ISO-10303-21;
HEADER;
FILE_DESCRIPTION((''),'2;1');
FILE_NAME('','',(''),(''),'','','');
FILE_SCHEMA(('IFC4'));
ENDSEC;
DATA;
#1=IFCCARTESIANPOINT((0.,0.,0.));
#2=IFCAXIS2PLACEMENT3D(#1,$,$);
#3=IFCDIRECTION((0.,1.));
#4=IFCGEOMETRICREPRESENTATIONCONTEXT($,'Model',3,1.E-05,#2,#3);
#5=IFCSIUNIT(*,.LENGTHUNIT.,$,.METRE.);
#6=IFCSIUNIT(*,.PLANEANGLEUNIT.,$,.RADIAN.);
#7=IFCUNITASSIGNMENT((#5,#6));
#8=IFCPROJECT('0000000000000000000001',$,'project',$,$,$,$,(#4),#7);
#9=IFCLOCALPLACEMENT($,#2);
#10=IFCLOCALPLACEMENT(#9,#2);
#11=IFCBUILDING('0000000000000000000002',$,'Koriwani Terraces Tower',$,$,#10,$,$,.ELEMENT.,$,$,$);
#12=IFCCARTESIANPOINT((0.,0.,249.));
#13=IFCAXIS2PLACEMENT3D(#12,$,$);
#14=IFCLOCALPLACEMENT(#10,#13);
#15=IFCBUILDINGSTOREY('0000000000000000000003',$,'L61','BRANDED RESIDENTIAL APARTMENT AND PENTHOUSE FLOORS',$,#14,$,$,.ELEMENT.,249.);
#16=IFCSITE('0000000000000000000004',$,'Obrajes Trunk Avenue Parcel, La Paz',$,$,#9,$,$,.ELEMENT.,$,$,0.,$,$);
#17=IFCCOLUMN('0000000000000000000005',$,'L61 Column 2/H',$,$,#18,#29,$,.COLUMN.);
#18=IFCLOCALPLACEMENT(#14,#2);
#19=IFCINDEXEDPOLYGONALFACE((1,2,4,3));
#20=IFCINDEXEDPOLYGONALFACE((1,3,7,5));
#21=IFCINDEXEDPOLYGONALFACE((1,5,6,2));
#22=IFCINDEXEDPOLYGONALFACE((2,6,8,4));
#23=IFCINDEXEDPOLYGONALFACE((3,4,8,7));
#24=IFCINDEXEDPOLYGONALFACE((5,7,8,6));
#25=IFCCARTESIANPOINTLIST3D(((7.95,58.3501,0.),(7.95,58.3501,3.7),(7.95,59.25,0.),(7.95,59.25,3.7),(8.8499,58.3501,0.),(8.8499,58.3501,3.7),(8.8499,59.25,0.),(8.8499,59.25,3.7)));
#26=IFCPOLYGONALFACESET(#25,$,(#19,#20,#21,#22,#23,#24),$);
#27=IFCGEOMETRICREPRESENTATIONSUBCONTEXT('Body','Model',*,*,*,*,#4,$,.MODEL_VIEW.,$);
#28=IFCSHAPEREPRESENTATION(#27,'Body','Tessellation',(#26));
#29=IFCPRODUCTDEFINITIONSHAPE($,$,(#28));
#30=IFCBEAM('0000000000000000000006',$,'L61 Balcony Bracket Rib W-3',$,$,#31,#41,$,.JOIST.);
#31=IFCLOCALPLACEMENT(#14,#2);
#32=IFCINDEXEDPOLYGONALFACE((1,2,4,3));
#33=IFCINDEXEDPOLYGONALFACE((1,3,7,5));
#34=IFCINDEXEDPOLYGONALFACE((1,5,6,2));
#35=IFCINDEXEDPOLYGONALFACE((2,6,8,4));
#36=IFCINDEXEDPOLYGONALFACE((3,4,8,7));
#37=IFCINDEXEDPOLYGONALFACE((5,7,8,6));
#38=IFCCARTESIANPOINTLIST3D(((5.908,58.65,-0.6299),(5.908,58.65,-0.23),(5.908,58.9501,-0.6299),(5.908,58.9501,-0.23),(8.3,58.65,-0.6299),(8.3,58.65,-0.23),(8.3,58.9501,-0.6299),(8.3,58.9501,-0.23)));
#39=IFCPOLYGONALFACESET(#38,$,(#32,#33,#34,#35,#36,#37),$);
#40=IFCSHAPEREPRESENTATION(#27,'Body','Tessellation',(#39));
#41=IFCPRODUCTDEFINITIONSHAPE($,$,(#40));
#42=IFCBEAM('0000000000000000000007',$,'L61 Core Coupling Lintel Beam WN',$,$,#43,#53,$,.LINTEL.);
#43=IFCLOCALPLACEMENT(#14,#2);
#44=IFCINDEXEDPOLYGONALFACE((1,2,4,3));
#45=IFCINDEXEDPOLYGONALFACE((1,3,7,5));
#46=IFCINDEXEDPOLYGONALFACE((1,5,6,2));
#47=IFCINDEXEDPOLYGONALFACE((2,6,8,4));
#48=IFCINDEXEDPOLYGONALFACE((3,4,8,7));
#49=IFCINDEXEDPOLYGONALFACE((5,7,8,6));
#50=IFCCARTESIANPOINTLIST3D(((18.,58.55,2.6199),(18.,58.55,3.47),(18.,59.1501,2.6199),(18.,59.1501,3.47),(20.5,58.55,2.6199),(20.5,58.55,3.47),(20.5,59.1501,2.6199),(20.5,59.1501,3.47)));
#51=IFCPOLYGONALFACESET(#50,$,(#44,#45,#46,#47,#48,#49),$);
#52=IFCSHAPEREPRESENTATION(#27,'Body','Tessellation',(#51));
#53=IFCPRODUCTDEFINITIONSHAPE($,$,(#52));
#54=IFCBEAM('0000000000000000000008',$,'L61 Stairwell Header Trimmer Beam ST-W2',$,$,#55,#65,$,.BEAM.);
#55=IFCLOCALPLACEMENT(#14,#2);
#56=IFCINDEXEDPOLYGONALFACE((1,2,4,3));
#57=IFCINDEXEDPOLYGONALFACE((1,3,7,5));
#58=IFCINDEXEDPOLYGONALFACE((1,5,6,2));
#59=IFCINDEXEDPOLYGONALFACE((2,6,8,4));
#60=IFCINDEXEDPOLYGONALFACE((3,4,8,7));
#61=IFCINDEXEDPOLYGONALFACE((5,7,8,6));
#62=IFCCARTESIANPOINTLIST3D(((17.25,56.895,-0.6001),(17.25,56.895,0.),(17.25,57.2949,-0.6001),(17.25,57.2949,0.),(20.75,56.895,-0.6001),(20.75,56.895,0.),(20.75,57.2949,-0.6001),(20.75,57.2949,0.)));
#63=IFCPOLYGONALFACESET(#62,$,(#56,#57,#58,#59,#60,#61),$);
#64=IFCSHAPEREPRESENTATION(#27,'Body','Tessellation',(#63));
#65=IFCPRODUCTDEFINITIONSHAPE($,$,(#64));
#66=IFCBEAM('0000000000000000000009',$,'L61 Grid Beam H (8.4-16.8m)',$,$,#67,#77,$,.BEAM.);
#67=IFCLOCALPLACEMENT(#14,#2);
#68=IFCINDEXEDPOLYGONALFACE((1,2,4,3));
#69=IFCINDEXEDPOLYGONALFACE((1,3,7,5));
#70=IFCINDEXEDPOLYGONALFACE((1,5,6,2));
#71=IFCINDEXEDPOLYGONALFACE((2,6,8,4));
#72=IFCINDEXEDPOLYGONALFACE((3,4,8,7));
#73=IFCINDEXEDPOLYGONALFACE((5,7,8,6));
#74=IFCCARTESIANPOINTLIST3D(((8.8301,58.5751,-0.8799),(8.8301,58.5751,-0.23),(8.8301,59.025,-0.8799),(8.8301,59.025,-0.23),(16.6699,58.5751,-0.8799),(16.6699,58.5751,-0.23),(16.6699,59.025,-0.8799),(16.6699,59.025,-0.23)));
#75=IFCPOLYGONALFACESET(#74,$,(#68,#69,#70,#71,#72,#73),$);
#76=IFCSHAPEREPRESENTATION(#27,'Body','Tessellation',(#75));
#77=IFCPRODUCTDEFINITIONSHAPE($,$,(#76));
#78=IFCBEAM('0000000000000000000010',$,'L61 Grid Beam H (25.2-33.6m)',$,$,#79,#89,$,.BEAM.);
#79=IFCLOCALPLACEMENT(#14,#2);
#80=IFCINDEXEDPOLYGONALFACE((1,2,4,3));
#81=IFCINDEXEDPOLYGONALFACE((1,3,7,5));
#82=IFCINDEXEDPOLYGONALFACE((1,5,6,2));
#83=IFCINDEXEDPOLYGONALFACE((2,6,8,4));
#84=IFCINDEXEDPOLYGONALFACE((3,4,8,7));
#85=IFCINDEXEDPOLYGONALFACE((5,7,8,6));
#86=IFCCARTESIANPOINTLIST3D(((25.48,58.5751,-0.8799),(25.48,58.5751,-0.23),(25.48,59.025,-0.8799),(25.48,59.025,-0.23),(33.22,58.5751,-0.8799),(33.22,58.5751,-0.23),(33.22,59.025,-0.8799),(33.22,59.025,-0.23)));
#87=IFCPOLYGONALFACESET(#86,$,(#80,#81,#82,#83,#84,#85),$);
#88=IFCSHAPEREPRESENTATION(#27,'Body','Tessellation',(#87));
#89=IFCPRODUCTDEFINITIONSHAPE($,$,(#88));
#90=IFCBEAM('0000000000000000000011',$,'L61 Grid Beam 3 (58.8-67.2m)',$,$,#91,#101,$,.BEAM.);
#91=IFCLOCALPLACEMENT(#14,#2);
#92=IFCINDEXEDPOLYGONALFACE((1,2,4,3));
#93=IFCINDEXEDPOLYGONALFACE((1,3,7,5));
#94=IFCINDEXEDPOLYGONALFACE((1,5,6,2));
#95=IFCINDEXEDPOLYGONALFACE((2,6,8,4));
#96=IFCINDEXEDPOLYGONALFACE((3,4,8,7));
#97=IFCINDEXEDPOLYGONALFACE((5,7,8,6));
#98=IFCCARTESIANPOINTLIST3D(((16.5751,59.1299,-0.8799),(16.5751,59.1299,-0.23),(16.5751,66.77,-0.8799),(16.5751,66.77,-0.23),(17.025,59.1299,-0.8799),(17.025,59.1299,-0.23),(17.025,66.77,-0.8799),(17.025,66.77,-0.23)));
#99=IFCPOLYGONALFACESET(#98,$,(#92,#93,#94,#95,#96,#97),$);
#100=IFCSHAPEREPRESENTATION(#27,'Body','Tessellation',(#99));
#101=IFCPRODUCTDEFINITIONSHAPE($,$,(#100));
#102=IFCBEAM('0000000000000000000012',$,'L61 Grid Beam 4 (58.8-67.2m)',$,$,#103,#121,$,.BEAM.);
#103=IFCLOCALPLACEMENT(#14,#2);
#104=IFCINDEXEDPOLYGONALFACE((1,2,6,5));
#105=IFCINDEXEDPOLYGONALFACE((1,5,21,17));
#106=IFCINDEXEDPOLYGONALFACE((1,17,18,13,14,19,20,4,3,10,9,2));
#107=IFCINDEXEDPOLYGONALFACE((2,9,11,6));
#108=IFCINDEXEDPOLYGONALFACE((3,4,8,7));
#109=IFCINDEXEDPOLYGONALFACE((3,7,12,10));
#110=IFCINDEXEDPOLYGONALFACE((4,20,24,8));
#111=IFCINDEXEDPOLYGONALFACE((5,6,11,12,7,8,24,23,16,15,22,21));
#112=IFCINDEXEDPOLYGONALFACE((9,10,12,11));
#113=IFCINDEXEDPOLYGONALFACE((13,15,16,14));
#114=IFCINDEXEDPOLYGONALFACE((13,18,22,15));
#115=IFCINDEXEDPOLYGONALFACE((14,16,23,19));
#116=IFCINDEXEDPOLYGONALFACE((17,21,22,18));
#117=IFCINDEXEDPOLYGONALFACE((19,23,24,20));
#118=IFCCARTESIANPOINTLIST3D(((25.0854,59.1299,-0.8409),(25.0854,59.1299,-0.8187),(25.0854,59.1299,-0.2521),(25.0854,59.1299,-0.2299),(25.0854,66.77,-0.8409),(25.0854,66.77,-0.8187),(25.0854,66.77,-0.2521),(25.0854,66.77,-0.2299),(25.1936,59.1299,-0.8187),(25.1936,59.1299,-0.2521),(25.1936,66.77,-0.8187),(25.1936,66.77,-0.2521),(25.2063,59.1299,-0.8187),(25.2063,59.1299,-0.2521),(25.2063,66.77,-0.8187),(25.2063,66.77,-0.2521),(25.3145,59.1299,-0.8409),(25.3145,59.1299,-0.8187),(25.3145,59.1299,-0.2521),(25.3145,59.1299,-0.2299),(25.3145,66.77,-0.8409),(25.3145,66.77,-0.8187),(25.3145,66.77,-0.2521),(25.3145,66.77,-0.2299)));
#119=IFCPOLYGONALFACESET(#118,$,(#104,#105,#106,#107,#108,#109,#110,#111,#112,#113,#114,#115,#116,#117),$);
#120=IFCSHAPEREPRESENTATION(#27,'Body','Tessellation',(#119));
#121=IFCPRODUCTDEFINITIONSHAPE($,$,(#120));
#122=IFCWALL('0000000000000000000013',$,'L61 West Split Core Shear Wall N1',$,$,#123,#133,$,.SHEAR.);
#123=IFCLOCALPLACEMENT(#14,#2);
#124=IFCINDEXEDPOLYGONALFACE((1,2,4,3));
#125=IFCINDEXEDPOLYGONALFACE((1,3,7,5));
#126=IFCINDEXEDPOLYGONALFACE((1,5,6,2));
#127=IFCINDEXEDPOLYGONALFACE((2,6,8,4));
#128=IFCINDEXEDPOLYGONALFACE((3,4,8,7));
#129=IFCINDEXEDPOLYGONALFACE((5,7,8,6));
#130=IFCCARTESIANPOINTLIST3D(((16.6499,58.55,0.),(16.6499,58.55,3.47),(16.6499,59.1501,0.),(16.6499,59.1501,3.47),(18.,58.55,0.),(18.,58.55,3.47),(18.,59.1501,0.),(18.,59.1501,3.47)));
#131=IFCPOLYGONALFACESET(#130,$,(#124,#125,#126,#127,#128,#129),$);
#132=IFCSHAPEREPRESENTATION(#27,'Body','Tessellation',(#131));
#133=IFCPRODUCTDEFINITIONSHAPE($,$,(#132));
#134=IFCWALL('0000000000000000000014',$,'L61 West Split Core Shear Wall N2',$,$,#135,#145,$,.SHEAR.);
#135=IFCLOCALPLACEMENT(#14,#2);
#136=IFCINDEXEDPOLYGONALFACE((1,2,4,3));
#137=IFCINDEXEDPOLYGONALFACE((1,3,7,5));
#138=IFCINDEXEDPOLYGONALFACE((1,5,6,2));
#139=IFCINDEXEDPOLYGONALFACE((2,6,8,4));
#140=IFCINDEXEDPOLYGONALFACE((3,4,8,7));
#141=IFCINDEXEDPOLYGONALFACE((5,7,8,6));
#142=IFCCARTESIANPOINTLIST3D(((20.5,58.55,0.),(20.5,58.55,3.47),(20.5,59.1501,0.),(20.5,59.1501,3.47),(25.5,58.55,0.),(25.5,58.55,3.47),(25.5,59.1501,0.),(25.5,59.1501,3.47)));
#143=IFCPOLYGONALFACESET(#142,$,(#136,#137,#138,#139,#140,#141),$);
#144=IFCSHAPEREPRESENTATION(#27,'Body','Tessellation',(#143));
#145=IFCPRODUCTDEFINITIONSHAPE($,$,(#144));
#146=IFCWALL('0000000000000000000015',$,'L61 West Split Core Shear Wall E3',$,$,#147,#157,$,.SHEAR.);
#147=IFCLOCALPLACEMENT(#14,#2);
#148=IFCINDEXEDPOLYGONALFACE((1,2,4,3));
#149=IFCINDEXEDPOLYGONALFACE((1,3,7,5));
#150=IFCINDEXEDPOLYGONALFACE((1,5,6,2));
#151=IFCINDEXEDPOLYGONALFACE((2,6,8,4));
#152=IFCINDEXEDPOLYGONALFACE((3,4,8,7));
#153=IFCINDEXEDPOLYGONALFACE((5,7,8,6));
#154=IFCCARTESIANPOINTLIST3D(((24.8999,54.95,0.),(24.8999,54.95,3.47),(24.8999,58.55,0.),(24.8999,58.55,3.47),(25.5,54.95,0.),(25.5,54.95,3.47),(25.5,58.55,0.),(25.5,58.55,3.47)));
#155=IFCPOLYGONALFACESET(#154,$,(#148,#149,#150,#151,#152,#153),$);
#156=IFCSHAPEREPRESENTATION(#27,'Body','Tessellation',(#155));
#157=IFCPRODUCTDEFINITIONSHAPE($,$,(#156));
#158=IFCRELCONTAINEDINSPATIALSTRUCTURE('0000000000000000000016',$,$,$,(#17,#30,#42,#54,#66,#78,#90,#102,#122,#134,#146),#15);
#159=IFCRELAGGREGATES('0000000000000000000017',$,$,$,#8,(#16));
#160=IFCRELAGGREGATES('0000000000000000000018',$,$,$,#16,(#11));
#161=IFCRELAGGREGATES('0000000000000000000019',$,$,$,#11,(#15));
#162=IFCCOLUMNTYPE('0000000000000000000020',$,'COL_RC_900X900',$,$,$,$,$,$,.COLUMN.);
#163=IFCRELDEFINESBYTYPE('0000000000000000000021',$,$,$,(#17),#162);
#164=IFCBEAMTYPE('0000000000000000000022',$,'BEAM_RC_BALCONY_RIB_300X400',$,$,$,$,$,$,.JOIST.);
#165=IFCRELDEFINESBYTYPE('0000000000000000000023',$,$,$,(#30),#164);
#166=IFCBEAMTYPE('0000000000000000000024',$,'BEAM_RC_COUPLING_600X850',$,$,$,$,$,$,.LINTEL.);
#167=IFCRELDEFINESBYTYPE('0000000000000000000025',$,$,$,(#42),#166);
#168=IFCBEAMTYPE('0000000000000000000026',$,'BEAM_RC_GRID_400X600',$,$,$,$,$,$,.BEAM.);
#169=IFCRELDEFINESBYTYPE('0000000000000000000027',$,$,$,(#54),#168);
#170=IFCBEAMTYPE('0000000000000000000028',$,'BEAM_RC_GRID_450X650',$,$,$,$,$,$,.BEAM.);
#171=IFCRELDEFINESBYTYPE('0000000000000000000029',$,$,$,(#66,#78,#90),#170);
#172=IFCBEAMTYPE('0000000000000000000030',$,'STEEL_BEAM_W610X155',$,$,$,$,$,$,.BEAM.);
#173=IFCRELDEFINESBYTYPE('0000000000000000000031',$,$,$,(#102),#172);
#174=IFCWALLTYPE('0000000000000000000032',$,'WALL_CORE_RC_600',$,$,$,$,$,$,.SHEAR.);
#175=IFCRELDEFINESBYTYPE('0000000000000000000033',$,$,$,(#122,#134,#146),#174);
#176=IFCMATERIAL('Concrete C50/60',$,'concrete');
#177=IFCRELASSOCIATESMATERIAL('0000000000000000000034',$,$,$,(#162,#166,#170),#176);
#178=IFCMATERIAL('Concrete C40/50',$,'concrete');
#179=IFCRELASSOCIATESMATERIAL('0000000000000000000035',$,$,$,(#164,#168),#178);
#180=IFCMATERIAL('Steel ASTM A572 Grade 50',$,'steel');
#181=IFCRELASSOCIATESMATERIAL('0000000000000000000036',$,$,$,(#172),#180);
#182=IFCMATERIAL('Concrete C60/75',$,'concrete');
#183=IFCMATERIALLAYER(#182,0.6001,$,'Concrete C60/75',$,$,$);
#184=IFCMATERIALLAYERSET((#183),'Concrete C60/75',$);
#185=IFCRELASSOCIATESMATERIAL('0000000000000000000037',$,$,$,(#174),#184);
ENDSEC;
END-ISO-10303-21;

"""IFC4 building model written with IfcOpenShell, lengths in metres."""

from ifc_helpers import new_model, si_unit, direction, frame, frame_2d, origin, origin_2d, place, context, subcontext, project, spatial, rectangle, i_section, extrude, material, layer, layer_set, material_profile, profile_set, type_object, element, save


model = new_model("IFC4")

# Units and contexts
model_context = context("Model", 3, precision=1e-05, world=origin(), true_north=direction((0.0, 1.0)))
body_context = subcontext(model_context, "Body", "Model", "MODEL_VIEW")
ifc_project = project(units=[si_unit("LENGTHUNIT", "METRE"), si_unit("PLANEANGLEUNIT", "RADIAN")], contexts=[model_context])

# Site, building, storey
site_placement = place(None, origin())
site = spatial("IfcSite", under=ifc_project, at=site_placement, Name="Obrajes Trunk Avenue Parcel, La Paz", CompositionType="ELEMENT", RefElevation=0.0)
building_placement = place(site_placement, origin())
building = spatial("IfcBuilding", under=site, at=building_placement, Name="Koriwani Terraces Tower", CompositionType="ELEMENT")
storey_placement = place(building_placement, frame((0.0, 0.0, 249.0)))
storey = spatial("IfcBuildingStorey", under=building, at=storey_placement, Name="L61", Description="BRANDED RESIDENTIAL APARTMENT AND PENTHOUSE FLOORS", CompositionType="ELEMENT", Elevation=249.0)

# Column
ifc_material_1 = material(Name="Concrete C50/60", Category="concrete")
ifc_material_profile_1 = material_profile(ifc_material_1, rectangle(XDim=0.8999, YDim=0.8999, at=origin_2d()), Name="Concrete C50/60", Category="LoadBearing")
ifc_profile_set_1 = profile_set([ifc_material_profile_1], Name="Concrete C50/60")
column_type = type_object("IfcColumnType", Name="COL_RC_900X900", PredefinedType="COLUMN", material=ifc_profile_set_1)
column_placement = place(storey_placement, frame((8.3999, 58.8, 0.0), z_axis=(0.0, 0.0, 1.0), x_axis=(1.0, 0.0, 0.0)))
element("IfcColumn", 1, at=column_placement, inside=storey, type_object=column_type, Name="L61 Column 2/H", PredefinedType="COLUMN", context=body_context, shape_type="SweptSolid", body=[
    extrude(rectangle(XDim=0.8999, YDim=0.8999, at=origin_2d()), origin(), (0.0, 0.0, 1.0), 3.7),
])

# Beams
ifc_material_2 = material(Name="Concrete C40/50", Category="concrete")
ifc_material_profile_2 = material_profile(ifc_material_2, rectangle(XDim=0.3, YDim=0.3999, at=origin_2d()), Name="Concrete C40/50", Category="LoadBearing")
ifc_profile_set_2 = profile_set([ifc_material_profile_2], Name="Concrete C40/50")
beam_type_1 = type_object("IfcBeamType", Name="BEAM_RC_BALCONY_RIB_300X400", PredefinedType="JOIST", material=ifc_profile_set_2)
beam_1_placement = place(storey_placement, frame((5.908, 58.8, -0.4299), z_axis=(1.0, 0.0, 0.0), x_axis=(0.0, 1.0, 0.0)))
element("IfcBeam", 2, at=beam_1_placement, inside=storey, type_object=beam_type_1, Name="L61 Balcony Bracket Rib W-3", PredefinedType="JOIST", context=body_context, shape_type="SweptSolid", body=[
    extrude(rectangle(XDim=0.3, YDim=0.3999, at=origin_2d()), origin(), (0.0, 0.0, 1.0), 2.3921),
])
ifc_material_profile_3 = material_profile(ifc_material_1, rectangle(XDim=0.6001, YDim=0.8501, at=origin_2d()), Name="Concrete C50/60", Category="LoadBearing")
ifc_profile_set_3 = profile_set([ifc_material_profile_3], Name="Concrete C50/60")
beam_type_2 = type_object("IfcBeamType", Name="BEAM_RC_COUPLING_600X850", PredefinedType="LINTEL", material=ifc_profile_set_3)
beam_2_placement = place(storey_placement, frame((18.0, 58.8501, 3.0449), z_axis=(1.0, 0.0, 0.0), x_axis=(0.0, 1.0, 0.0)))
element("IfcBeam", 3, at=beam_2_placement, inside=storey, type_object=beam_type_2, Name="L61 Core Coupling Lintel Beam WN", PredefinedType="LINTEL", context=body_context, shape_type="SweptSolid", body=[
    extrude(rectangle(XDim=0.6001, YDim=0.8501, at=origin_2d()), origin(), (0.0, 0.0, 1.0), 2.5),
])
ifc_material_profile_4 = material_profile(ifc_material_2, rectangle(XDim=0.3999, YDim=0.6001, at=origin_2d()), Name="Concrete C40/50", Category="LoadBearing")
ifc_profile_set_4 = profile_set([ifc_material_profile_4], Name="Concrete C40/50")
beam_type_3 = type_object("IfcBeamType", Name="BEAM_RC_GRID_400X600", PredefinedType="BEAM", material=ifc_profile_set_4)
beam_3_placement = place(storey_placement, frame((17.25, 57.095, -0.3), z_axis=(1.0, 0.0, 0.0), x_axis=(0.0, 1.0, 0.0)))
element("IfcBeam", 4, at=beam_3_placement, inside=storey, type_object=beam_type_3, Name="L61 Stairwell Header Trimmer Beam ST-W2", PredefinedType="BEAM", context=body_context, shape_type="SweptSolid", body=[
    extrude(rectangle(XDim=0.3999, YDim=0.6001, at=origin_2d()), origin(), (0.0, 0.0, 1.0), 3.5),
])
ifc_material_profile_5 = material_profile(ifc_material_1, rectangle(XDim=0.45, YDim=0.6499, at=origin_2d()), Name="Concrete C50/60", Category="LoadBearing")
ifc_profile_set_5 = profile_set([ifc_material_profile_5], Name="Concrete C50/60")
beam_type_4 = type_object("IfcBeamType", Name="BEAM_RC_GRID_450X650", PredefinedType="BEAM", material=ifc_profile_set_5)
beam_4_placement = place(storey_placement, frame((8.8301, 58.8, -0.5549), z_axis=(1.0, 0.0, 0.0), x_axis=(0.0, 1.0, 0.0)))
element("IfcBeam", 5, at=beam_4_placement, inside=storey, type_object=beam_type_4, Name="L61 Grid Beam H (8.4-16.8m)", PredefinedType="BEAM", context=body_context, shape_type="SweptSolid", body=[
    extrude(rectangle(XDim=0.45, YDim=0.6499, at=origin_2d()), origin(), (0.0, 0.0, 1.0), 7.8398),
])
beam_5_placement = place(storey_placement, frame((25.48, 58.8, -0.5549), z_axis=(1.0, 0.0, 0.0), x_axis=(0.0, 1.0, 0.0)))
element("IfcBeam", 6, at=beam_5_placement, inside=storey, type_object=beam_type_4, Name="L61 Grid Beam H (25.2-33.6m)", PredefinedType="BEAM", context=body_context, shape_type="SweptSolid", body=[
    extrude(rectangle(XDim=0.45, YDim=0.6499, at=origin_2d()), origin(), (0.0, 0.0, 1.0), 7.74),
])
beam_6_placement = place(storey_placement, frame((16.8, 59.1299, -0.5549), z_axis=(0.0, 1.0, 0.0), x_axis=(-1.0, 0.0, 0.0)))
element("IfcBeam", 7, at=beam_6_placement, inside=storey, type_object=beam_type_4, Name="L61 Grid Beam 3 (58.8-67.2m)", PredefinedType="BEAM", context=body_context, shape_type="SweptSolid", body=[
    extrude(rectangle(XDim=0.45, YDim=0.6499, at=origin_2d()), origin(), (0.0, 0.0, 1.0), 7.6401),
])
ifc_material_3 = material(Name="Steel ASTM A572 Grade 50", Category="steel")
ifc_material_profile_6 = material_profile(ifc_material_3, i_section(OverallWidth=0.229, OverallDepth=0.6111, WebThickness=0.0127, FlangeThickness=0.0222, at=origin_2d()), Name="Steel ASTM A572 Grade 50", Category="LoadBearing")
ifc_profile_set_6 = profile_set([ifc_material_profile_6], Name="Steel ASTM A572 Grade 50")
beam_type_5 = type_object("IfcBeamType", Name="STEEL_BEAM_W610X155", PredefinedType="BEAM", material=ifc_profile_set_6)
beam_7_placement = place(storey_placement, frame((25.2, 59.1299, -0.5354), z_axis=(0.0, 1.0, 0.0), x_axis=(-1.0, 0.0, 0.0)))
element("IfcBeam", 8, at=beam_7_placement, inside=storey, type_object=beam_type_5, Name="L61 Grid Beam 4 (58.8-67.2m)", PredefinedType="BEAM", context=body_context, shape_type="SweptSolid", body=[
    extrude(i_section(OverallWidth=0.229, OverallDepth=0.6111, WebThickness=0.0127, FlangeThickness=0.0222, at=origin_2d()), origin(), (0.0, 0.0, 1.0), 7.6401),
])

# Walls
ifc_material_4 = material(Name="Concrete C60/75", Category="concrete")
ifc_layer_1 = layer(ifc_material_4, 0.6001, Name="Concrete C60/75")
ifc_layer_set_1 = layer_set([ifc_layer_1], Name="Concrete C60/75")
wall_type_1 = type_object("IfcWallType", Name="WALL_CORE_RC_600", PredefinedType="SHEAR", material=ifc_layer_set_1)
wall_1_placement = place(storey_placement, frame((16.6499, 58.8501, 0.0), z_axis=(0.0, 0.0, 1.0), x_axis=(1.0, 0.0, 0.0)))
element("IfcWall", 9, at=wall_1_placement, inside=storey, type_object=wall_type_1, Name="L61 West Split Core Shear Wall N1", PredefinedType="SHEAR", context=body_context, shape_type="SweptSolid", body=[
    extrude(rectangle(XDim=1.3501, YDim=0.6001, at=frame_2d((0.675, 0.0))), origin(), (0.0, 0.0, 1.0), 3.47),
])
wall_2_placement = place(storey_placement, frame((20.5, 58.8501, 0.0), z_axis=(0.0, 0.0, 1.0), x_axis=(1.0, 0.0, 0.0)))
element("IfcWall", 10, at=wall_2_placement, inside=storey, type_object=wall_type_1, Name="L61 West Split Core Shear Wall N2", PredefinedType="SHEAR", context=body_context, shape_type="SweptSolid", body=[
    extrude(rectangle(XDim=5.0, YDim=0.6001, at=frame_2d((2.5, 0.0))), origin(), (0.0, 0.0, 1.0), 3.47),
])
wall_3_placement = place(storey_placement, frame((25.2, 54.95, 0.0), z_axis=(0.0, 0.0, 1.0), x_axis=(0.0, 1.0, 0.0)))
element("IfcWall", 11, at=wall_3_placement, inside=storey, type_object=wall_type_1, Name="L61 West Split Core Shear Wall E3", PredefinedType="SHEAR", context=body_context, shape_type="SweptSolid", body=[
    extrude(rectangle(XDim=3.6001, YDim=0.6001, at=frame_2d((1.8, 0.0))), origin(), (0.0, 0.0, 1.0), 3.47),
])

save(model, "model.ifc")
